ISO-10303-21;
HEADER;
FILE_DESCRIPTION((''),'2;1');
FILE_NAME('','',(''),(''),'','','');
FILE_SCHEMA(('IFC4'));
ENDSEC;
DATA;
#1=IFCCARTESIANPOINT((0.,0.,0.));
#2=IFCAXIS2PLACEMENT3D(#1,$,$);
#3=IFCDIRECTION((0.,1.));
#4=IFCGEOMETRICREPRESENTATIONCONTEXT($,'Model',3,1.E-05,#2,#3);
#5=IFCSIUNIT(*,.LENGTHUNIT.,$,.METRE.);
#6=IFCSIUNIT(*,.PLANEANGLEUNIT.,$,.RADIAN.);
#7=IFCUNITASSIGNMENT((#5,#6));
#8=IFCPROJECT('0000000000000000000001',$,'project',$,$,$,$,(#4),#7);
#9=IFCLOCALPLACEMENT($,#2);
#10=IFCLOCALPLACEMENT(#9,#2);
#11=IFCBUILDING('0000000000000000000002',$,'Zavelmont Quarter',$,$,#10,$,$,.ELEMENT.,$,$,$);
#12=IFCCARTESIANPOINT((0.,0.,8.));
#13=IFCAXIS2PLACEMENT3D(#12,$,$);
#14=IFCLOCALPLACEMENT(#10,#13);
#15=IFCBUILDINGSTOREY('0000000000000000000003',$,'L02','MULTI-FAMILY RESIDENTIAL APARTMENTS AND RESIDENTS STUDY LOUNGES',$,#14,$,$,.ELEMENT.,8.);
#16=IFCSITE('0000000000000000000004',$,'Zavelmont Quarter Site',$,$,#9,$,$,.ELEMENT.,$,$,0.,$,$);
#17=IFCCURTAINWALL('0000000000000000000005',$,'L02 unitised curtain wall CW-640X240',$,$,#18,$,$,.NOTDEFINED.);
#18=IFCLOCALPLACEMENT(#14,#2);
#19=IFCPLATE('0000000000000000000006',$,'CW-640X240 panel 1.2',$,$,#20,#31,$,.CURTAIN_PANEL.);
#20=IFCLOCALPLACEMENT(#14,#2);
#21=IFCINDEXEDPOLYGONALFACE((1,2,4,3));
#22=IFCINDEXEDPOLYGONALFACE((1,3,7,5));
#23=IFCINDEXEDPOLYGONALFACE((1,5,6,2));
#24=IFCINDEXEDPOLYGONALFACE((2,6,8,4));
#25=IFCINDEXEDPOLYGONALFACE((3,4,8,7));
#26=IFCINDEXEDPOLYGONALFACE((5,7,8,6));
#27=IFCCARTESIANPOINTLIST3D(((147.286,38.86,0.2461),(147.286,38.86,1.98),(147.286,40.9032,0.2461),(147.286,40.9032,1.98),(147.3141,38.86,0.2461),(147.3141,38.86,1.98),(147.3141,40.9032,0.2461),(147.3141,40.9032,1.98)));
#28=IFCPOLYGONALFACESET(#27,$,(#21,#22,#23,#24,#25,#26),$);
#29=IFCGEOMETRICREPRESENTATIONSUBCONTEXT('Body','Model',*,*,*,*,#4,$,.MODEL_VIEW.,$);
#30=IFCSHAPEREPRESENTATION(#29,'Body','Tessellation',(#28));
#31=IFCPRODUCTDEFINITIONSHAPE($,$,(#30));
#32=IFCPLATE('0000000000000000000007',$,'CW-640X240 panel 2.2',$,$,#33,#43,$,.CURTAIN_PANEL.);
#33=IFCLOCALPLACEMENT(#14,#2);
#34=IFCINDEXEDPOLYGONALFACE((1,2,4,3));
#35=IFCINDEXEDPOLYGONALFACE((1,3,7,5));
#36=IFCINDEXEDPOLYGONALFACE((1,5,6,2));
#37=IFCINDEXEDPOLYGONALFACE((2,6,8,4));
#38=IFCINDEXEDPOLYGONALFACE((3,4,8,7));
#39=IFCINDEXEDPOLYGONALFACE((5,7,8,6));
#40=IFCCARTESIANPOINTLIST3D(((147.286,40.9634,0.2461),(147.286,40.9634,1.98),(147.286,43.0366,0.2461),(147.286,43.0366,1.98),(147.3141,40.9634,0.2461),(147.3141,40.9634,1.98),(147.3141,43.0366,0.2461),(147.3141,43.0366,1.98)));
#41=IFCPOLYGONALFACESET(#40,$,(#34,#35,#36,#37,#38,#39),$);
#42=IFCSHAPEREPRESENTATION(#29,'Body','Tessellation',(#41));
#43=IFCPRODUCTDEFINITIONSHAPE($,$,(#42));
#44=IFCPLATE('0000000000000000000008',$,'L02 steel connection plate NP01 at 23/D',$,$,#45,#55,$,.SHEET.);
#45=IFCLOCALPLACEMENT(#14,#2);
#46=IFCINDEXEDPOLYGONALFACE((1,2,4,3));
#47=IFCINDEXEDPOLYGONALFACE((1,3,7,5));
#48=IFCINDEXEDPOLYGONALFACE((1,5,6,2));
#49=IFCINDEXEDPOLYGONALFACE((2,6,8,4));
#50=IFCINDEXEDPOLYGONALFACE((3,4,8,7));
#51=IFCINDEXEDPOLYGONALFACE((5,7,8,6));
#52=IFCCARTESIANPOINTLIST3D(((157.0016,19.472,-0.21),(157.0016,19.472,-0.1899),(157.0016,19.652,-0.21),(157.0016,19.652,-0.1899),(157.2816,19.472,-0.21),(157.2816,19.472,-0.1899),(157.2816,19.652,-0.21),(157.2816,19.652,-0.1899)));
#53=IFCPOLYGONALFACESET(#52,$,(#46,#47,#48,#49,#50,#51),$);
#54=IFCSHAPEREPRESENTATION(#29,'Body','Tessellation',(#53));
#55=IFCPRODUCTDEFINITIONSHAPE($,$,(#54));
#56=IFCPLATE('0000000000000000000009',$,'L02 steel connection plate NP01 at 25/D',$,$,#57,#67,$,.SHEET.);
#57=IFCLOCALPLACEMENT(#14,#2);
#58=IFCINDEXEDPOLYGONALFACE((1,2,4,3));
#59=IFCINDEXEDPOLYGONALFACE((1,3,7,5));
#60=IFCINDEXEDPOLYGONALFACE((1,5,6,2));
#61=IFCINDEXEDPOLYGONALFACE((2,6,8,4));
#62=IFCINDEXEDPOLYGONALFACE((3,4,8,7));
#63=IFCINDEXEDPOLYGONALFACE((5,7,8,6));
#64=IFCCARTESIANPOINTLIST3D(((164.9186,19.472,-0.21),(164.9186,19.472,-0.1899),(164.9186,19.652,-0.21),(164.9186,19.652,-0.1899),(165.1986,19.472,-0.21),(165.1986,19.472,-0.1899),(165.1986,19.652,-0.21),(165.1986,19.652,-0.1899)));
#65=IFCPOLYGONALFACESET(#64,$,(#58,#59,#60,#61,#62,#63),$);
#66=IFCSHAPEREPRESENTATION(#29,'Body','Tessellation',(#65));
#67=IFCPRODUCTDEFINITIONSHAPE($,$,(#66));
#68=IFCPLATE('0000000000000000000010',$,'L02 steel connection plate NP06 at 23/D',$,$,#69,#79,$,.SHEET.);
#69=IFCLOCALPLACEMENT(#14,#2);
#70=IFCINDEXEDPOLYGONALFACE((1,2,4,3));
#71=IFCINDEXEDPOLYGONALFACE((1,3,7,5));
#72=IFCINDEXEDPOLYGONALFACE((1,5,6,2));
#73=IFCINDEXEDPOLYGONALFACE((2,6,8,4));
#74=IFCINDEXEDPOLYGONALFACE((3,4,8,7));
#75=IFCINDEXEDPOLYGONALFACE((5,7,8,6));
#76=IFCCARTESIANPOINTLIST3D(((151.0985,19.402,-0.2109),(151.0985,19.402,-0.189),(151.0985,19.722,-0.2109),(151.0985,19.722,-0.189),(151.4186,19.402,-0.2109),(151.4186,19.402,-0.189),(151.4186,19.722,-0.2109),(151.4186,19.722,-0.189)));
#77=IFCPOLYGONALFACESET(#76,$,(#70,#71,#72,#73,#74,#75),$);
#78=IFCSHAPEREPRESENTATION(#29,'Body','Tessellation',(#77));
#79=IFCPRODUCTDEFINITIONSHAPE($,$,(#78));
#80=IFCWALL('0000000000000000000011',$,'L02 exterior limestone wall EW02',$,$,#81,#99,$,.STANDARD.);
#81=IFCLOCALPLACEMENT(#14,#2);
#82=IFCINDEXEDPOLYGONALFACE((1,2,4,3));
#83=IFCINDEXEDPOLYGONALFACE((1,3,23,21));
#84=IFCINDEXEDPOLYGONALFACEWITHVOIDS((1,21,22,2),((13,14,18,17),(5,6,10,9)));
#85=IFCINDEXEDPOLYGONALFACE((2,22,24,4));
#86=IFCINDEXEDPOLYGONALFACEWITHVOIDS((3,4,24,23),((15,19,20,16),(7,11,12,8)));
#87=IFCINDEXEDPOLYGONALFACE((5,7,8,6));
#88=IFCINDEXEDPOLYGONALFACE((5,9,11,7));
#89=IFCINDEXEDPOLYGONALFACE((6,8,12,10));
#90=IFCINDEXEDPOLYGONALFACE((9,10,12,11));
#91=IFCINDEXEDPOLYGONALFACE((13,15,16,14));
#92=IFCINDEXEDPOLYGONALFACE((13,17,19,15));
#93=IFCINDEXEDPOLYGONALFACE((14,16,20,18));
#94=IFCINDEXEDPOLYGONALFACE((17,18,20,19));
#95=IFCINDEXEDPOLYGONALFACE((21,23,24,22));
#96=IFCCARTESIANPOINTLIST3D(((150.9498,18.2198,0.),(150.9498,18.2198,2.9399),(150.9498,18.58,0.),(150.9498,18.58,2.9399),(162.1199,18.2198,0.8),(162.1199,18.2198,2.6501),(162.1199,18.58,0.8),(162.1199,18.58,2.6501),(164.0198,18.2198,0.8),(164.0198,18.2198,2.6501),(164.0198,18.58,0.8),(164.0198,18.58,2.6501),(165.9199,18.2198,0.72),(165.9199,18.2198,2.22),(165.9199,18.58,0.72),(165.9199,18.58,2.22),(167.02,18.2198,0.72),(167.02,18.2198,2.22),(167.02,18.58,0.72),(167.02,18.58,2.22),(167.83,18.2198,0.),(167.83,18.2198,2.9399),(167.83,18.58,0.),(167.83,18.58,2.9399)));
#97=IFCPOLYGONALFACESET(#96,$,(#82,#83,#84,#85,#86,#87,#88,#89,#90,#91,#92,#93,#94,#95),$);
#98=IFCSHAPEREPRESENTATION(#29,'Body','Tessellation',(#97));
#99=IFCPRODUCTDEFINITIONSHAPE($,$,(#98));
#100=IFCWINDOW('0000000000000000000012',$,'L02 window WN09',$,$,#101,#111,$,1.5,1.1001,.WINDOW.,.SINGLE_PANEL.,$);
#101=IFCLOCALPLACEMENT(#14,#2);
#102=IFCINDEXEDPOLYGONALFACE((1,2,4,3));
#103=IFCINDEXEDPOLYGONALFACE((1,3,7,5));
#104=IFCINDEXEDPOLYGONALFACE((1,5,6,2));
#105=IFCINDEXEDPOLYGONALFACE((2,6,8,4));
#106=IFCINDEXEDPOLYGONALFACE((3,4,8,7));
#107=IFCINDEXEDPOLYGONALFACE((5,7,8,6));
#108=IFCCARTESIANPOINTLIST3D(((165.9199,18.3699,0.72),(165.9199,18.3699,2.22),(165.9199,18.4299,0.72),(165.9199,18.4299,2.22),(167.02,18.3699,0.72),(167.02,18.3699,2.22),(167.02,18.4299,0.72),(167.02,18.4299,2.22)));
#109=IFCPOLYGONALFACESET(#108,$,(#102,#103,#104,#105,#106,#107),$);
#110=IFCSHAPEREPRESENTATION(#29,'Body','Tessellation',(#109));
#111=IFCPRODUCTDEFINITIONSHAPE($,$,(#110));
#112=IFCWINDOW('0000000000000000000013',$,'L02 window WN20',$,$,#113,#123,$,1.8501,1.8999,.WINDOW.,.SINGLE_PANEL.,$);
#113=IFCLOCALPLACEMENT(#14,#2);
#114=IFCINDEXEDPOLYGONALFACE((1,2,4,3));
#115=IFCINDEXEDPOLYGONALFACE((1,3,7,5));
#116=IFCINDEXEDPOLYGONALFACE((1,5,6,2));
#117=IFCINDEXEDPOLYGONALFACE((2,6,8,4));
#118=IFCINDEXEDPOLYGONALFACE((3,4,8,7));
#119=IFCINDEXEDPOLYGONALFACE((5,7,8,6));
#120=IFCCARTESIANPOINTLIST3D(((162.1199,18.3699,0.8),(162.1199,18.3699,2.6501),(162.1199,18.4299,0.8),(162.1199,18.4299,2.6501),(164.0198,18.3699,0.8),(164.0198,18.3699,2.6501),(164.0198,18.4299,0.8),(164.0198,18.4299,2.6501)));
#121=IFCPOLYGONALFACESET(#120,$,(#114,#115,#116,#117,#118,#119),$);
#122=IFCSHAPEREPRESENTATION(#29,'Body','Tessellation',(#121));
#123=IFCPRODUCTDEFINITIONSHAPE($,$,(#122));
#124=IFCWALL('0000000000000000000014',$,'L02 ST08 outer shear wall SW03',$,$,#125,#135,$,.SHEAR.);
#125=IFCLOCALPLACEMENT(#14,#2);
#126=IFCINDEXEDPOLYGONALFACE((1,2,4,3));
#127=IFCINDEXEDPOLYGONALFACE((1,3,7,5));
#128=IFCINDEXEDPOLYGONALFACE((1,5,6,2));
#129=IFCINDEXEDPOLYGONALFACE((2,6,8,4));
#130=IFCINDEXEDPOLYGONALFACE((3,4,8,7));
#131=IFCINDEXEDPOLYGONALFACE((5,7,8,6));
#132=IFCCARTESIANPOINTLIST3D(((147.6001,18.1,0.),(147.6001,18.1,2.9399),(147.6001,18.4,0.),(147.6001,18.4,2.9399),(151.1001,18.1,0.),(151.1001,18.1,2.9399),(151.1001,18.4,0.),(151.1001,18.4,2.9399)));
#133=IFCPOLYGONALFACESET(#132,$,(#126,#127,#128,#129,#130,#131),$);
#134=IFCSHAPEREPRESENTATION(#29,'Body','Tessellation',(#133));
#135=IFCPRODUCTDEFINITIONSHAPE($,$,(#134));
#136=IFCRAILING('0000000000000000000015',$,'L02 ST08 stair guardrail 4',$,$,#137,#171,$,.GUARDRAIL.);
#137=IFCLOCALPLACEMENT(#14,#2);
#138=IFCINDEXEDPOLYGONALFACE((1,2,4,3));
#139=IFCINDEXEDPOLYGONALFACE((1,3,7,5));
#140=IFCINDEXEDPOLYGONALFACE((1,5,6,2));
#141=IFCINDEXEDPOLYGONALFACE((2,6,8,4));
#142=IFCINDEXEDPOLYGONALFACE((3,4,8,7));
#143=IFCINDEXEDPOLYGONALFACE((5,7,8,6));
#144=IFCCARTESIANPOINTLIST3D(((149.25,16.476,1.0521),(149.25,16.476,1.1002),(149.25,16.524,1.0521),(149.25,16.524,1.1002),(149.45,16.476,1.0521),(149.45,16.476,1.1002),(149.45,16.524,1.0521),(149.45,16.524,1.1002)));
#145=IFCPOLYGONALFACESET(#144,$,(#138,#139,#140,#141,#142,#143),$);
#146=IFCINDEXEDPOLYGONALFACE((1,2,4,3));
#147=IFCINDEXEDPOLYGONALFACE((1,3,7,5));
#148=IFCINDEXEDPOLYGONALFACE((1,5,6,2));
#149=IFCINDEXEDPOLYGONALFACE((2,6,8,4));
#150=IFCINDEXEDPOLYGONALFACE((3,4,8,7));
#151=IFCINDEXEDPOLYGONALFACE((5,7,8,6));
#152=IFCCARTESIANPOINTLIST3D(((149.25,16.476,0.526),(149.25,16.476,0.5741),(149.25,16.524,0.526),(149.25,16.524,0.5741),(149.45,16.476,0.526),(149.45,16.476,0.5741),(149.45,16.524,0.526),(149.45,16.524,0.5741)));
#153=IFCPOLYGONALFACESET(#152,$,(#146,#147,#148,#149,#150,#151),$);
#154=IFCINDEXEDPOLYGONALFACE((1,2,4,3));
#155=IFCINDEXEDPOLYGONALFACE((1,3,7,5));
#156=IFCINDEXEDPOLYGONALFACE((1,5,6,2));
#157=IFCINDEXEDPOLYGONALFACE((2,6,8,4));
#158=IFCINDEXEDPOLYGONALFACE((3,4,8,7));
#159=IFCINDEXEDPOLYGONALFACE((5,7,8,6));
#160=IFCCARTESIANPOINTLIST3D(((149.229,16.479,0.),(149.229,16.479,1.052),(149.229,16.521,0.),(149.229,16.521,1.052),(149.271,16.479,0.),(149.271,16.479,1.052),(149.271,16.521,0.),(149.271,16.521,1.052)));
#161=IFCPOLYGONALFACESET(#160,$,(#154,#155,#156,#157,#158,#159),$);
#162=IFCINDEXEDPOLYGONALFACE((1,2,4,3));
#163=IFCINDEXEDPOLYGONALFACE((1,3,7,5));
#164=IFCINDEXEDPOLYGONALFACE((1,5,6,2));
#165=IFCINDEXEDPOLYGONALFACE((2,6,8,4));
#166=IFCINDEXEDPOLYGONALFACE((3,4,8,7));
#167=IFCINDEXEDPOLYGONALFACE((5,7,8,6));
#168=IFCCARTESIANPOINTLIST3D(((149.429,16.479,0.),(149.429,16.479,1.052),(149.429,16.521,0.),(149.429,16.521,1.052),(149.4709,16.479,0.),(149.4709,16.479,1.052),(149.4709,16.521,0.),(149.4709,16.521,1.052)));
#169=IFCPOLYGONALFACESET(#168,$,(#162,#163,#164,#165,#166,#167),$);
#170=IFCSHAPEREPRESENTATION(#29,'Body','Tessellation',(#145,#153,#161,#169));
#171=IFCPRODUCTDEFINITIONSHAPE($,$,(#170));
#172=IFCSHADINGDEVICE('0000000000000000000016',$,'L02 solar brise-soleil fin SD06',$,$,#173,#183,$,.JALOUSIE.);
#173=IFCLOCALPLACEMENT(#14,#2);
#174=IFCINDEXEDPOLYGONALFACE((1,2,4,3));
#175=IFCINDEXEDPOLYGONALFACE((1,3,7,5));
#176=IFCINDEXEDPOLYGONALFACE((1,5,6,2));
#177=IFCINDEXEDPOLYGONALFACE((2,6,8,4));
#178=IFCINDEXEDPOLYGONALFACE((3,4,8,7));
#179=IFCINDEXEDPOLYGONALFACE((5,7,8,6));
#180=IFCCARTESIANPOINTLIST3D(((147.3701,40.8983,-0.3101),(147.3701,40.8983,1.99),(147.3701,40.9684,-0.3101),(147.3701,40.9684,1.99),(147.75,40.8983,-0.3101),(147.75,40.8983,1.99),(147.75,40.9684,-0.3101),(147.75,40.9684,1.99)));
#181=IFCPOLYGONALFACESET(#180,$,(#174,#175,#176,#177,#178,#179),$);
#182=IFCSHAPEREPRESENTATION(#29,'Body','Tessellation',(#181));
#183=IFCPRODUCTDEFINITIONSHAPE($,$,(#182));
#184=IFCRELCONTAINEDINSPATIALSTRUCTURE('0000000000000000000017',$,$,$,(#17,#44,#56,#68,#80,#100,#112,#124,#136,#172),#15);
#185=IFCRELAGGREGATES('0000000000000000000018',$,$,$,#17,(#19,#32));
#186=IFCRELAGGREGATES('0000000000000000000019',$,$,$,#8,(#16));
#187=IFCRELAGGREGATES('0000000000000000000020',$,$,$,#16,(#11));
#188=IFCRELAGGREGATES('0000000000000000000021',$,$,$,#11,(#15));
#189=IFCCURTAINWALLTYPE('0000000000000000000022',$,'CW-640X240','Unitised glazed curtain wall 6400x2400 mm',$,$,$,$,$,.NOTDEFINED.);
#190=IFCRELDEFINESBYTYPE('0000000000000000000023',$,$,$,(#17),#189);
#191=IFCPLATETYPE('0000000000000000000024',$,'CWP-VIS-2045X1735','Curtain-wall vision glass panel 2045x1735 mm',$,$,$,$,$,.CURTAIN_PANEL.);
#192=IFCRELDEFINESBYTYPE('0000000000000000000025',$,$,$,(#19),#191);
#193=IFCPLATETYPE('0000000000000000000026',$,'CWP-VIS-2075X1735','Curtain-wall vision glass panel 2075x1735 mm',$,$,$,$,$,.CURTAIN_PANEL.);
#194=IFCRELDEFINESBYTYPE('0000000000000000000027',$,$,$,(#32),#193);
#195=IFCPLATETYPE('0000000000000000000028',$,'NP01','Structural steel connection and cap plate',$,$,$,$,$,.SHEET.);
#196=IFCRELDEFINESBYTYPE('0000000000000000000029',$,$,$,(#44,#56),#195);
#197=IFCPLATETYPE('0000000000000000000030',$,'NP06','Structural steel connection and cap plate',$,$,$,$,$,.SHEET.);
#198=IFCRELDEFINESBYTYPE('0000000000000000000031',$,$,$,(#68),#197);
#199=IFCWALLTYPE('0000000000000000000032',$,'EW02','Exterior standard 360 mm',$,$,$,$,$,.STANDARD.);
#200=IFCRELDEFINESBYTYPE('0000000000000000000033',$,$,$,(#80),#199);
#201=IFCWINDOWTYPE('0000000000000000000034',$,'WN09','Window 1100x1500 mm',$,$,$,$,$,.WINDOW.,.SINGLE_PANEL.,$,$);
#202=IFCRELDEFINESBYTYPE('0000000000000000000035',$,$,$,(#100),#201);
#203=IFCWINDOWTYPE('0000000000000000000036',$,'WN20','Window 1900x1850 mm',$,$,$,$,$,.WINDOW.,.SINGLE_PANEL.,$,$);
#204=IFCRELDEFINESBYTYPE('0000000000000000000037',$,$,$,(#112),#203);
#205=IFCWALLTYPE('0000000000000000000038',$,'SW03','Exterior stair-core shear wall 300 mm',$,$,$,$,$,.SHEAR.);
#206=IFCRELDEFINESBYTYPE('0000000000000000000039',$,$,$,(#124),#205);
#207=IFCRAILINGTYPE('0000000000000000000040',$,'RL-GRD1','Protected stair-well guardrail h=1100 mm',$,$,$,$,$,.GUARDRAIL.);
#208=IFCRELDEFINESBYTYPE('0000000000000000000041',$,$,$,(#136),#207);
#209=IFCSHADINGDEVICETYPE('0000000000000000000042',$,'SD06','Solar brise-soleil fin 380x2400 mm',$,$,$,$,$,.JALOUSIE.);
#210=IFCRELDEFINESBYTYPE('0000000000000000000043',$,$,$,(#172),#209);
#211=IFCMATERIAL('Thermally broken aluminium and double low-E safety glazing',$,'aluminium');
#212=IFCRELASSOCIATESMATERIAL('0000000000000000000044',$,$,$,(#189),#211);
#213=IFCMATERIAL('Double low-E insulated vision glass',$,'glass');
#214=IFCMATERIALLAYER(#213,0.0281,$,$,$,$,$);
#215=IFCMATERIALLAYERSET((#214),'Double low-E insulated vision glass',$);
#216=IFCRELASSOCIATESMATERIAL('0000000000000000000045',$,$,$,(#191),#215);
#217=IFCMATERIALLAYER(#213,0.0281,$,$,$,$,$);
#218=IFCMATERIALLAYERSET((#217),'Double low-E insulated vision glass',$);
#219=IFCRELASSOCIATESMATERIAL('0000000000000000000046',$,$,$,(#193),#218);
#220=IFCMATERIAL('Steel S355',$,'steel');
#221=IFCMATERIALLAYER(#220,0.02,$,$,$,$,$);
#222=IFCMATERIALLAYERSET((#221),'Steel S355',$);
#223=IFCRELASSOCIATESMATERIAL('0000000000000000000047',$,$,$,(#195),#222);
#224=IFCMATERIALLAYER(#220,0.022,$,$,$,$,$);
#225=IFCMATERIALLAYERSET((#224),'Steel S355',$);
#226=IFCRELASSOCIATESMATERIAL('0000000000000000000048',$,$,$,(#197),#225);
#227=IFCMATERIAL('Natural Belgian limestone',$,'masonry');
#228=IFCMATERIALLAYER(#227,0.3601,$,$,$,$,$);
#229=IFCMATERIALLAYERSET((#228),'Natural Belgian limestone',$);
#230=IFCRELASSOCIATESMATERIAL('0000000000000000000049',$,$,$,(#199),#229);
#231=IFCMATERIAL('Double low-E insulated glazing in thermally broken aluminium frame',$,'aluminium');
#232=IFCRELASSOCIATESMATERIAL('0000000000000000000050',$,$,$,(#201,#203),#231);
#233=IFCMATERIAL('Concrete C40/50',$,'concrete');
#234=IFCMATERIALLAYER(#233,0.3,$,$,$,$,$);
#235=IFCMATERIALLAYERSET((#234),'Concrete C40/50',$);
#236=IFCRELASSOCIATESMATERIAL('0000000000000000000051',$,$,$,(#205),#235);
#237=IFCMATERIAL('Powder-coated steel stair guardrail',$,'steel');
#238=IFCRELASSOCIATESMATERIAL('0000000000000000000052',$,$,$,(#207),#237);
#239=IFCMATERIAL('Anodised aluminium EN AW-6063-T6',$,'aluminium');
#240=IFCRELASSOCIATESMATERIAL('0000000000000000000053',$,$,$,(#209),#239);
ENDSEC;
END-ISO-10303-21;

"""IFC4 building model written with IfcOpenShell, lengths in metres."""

from ifc_helpers import new_model, si_unit, direction, frame, frame_2d, origin, origin_with_axes, origin_2d, place, context, subcontext, project, spatial, rectangle, extrude, material, layer, layer_set, type_object, element, fill, aggregate, save


model = new_model("IFC4")

# Units and contexts
model_context = context("Model", 3, precision=1e-05, world=origin(), true_north=direction((0.0, 1.0)))
body_context = subcontext(model_context, "Body", "Model", "MODEL_VIEW")
ifc_project = project(units=[si_unit("LENGTHUNIT", "METRE"), si_unit("PLANEANGLEUNIT", "RADIAN")], contexts=[model_context])

# Site, building, storey
site_placement = place(None, origin())
site = spatial("IfcSite", under=ifc_project, at=site_placement, Name="Zavelmont Quarter Site", CompositionType="ELEMENT", RefElevation=0.0)
building_placement = place(site_placement, origin())
building = spatial("IfcBuilding", under=site, at=building_placement, Name="Zavelmont Quarter", CompositionType="ELEMENT")
storey_placement = place(building_placement, frame((0.0, 0.0, 8.0)))
storey = spatial("IfcBuildingStorey", under=building, at=storey_placement, Name="L02", Description="MULTI-FAMILY RESIDENTIAL APARTMENTS AND RESIDENTS STUDY LOUNGES", CompositionType="ELEMENT", Elevation=8.0)

# Shared definitions
ifc_material_1 = material(Name="Concrete C40/50", Category="concrete")
ifc_material_2 = material(Name="Steel S355", Category="steel")

# Curtain wall
ifc_material_3 = material(Name="Thermally broken aluminium and double low-E safety glazing", Category="aluminium")
curtain_wall_type = type_object("IfcCurtainWallType", Name="CW-640X240", Description="Unitised glazed curtain wall 6400x2400 mm", PredefinedType="NOTDEFINED", material=ifc_material_3)
curtain_wall_placement = place(storey_placement, origin())
curtain_wall = element("IfcCurtainWall", 1, at=curtain_wall_placement, inside=storey, type_object=curtain_wall_type, Name="L02 unitised curtain wall CW-640X240", PredefinedType="NOTDEFINED")

# Plates
ifc_material_4 = material(Name="Double low-E insulated vision glass", Category="glass")
ifc_layer_1 = layer(ifc_material_4, 0.0281)
ifc_layer_set_1 = layer_set([ifc_layer_1], Name="Double low-E insulated vision glass")
plate_type_1 = type_object("IfcPlateType", Name="CWP-VIS-2045X1735", Description="Curtain-wall vision glass panel 2045x1735 mm", PredefinedType="CURTAIN_PANEL", material=ifc_layer_set_1)
plate_1_placement = place(storey_placement, frame((147.3, 39.8816, 0.2461), z_axis=(0.0, 0.0, 1.0), x_axis=(0.0, 1.0, 0.0)))
plate_1 = element("IfcPlate", 2, at=plate_1_placement, type_object=plate_type_1, Name="CW-640X240 panel 1.2", PredefinedType="CURTAIN_PANEL", context=body_context, shape_type="SweptSolid", body=[
    extrude(rectangle(XDim=2.0432, YDim=0.0281, at=origin_2d()), origin(), (0.0, 0.0, 1.0), 1.7339),
])
ifc_layer_2 = layer(ifc_material_4, 0.0281)
ifc_layer_set_2 = layer_set([ifc_layer_2], Name="Double low-E insulated vision glass")
plate_type_2 = type_object("IfcPlateType", Name="CWP-VIS-2075X1735", Description="Curtain-wall vision glass panel 2075x1735 mm", PredefinedType="CURTAIN_PANEL", material=ifc_layer_set_2)
plate_2_placement = place(storey_placement, frame((147.3, 42.0, 0.2461), z_axis=(0.0, 0.0, 1.0), x_axis=(0.0, 1.0, 0.0)))
plate_2 = element("IfcPlate", 3, at=plate_2_placement, type_object=plate_type_2, Name="CW-640X240 panel 2.2", PredefinedType="CURTAIN_PANEL", context=body_context, shape_type="SweptSolid", body=[
    extrude(rectangle(XDim=2.0732, YDim=0.0281, at=origin_2d()), origin(), (0.0, 0.0, 1.0), 1.7339),
])
aggregate(curtain_wall, [plate_1, plate_2])

# Plates
ifc_layer_3 = layer(ifc_material_2, 0.02)
ifc_layer_set_3 = layer_set([ifc_layer_3], Name="Steel S355")
plate_type_3 = type_object("IfcPlateType", Name="NP01", Description="Structural steel connection and cap plate", PredefinedType="SHEET", material=ifc_layer_set_3)
for number, where, z_axis, x_axis, name in (
    (4, (157.1416, 19.562, -0.21), (0.0, 0.0, 1.0), (1.0, 0.0, 0.0), "L02 steel connection plate NP01 at 23/D"),
    (5, (165.0586, 19.562, -0.21), (0.0, 0.0, 1.0), (1.0, 0.0, 0.0), "L02 steel connection plate NP01 at 25/D"),
):
    element("IfcPlate", number, at=place(storey_placement, frame(where, z_axis=z_axis, x_axis=x_axis)), inside=storey, type_object=plate_type_3, Name=name, PredefinedType="SHEET", context=body_context, shape_type="SweptSolid", body=[
        extrude(rectangle(XDim=0.28, YDim=0.1799, at=origin_2d()), origin(), (0.0, 0.0, 1.0), 0.02),
    ])
ifc_layer_4 = layer(ifc_material_2, 0.022)
ifc_layer_set_4 = layer_set([ifc_layer_4], Name="Steel S355")
plate_type_4 = type_object("IfcPlateType", Name="NP06", Description="Structural steel connection and cap plate", PredefinedType="SHEET", material=ifc_layer_set_4)
plate_3_placement = place(storey_placement, frame((151.2585, 19.562, -0.2109), z_axis=(0.0, 0.0, 1.0), x_axis=(1.0, 0.0, 0.0)))
element("IfcPlate", 6, at=plate_3_placement, inside=storey, type_object=plate_type_4, Name="L02 steel connection plate NP06 at 23/D", PredefinedType="SHEET", context=body_context, shape_type="SweptSolid", body=[
    extrude(rectangle(XDim=0.3201, YDim=0.3201, at=origin_2d()), origin(), (0.0, 0.0, 1.0), 0.022),
])

# Wall, openings, windows
ifc_material_5 = material(Name="Natural Belgian limestone", Category="masonry")
ifc_layer_5 = layer(ifc_material_5, 0.3601)
ifc_layer_set_5 = layer_set([ifc_layer_5], Name="Natural Belgian limestone")
wall_type_1 = type_object("IfcWallType", Name="EW02", Description="Exterior standard 360 mm", PredefinedType="STANDARD", material=ifc_layer_set_5)
wall_1_placement = place(storey_placement, frame((150.95, 18.3999, 0.0), z_axis=(0.0, 0.0, 1.0), x_axis=(1.0, 0.0, 0.0)))
wall_1 = element("IfcWall", 7, at=wall_1_placement, inside=storey, type_object=wall_type_1, Name="L02 exterior limestone wall EW02", PredefinedType="STANDARD", context=body_context, shape_type="SweptSolid", body=[
    extrude(rectangle(XDim=16.8801, YDim=0.3601, at=frame_2d((8.4399, 0.0))), origin(), (0.0, 0.0, 1.0), 2.9399),
])
opening_1_placement = place(wall_1_placement, frame((11.1699, 0.0, 0.8)))
opening_1 = element("IfcOpeningElement", 8, at=opening_1_placement, cuts=wall_1, PredefinedType="OPENING", context=body_context, shape_type="SweptSolid", body=[
    extrude(rectangle(XDim=1.8999, YDim=1.8501, at=frame_2d((0.95, 0.925))), frame((0.0, 0.1919, 0.0), z_axis=(0.0, -1.0, 0.0), x_axis=(1.0, 0.0, 0.0)), (0.0, 0.0, 1.0), 0.384),
])
opening_2_placement = place(wall_1_placement, frame((14.97, 0.0, 0.72)))
opening_2 = element("IfcOpeningElement", 9, at=opening_2_placement, cuts=wall_1, PredefinedType="OPENING", context=body_context, shape_type="SweptSolid", body=[
    extrude(rectangle(XDim=1.1001, YDim=1.5, at=frame_2d((0.55, 0.75))), frame((0.0, 0.1919, 0.0), z_axis=(0.0, -1.0, 0.0), x_axis=(1.0, 0.0, 0.0)), (0.0, 0.0, 1.0), 0.384),
])
ifc_material_6 = material(Name="Double low-E insulated glazing in thermally broken aluminium frame", Category="aluminium")
window_type_1 = type_object("IfcWindowType", Name="WN09", Description="Window 1100x1500 mm", PartitioningType="SINGLE_PANEL", PredefinedType="WINDOW", material=ifc_material_6)
window_1_placement = place(opening_2_placement, origin_with_axes())
window_1 = element("IfcWindow", 10, at=window_1_placement, inside=storey, type_object=window_type_1, Name="L02 window WN09", OverallHeight=1.5, OverallWidth=1.1001, PartitioningType="SINGLE_PANEL", PredefinedType="WINDOW", context=body_context, shape_type="SweptSolid", body=[
    extrude(rectangle(XDim=1.1001, YDim=1.5, at=frame_2d((0.55, 0.75))), frame((0.0, 0.03, 0.0), z_axis=(0.0, -1.0, 0.0), x_axis=(1.0, 0.0, 0.0)), (0.0, 0.0, 1.0), 0.0601),
])
fill(opening_2, window_1)
window_type_2 = type_object("IfcWindowType", Name="WN20", Description="Window 1900x1850 mm", PartitioningType="SINGLE_PANEL", PredefinedType="WINDOW", material=ifc_material_6)
window_2_placement = place(opening_1_placement, origin_with_axes())
window_2 = element("IfcWindow", 11, at=window_2_placement, inside=storey, type_object=window_type_2, Name="L02 window WN20", OverallHeight=1.8501, OverallWidth=1.8999, PartitioningType="SINGLE_PANEL", PredefinedType="WINDOW", context=body_context, shape_type="SweptSolid", body=[
    extrude(rectangle(XDim=1.8999, YDim=1.8501, at=frame_2d((0.95, 0.925))), frame((0.0, 0.03, 0.0), z_axis=(0.0, -1.0, 0.0), x_axis=(1.0, 0.0, 0.0)), (0.0, 0.0, 1.0), 0.0601),
])
fill(opening_1, window_2)

# Wall
ifc_layer_6 = layer(ifc_material_1, 0.3)
ifc_layer_set_6 = layer_set([ifc_layer_6], Name="Concrete C40/50")
wall_type_2 = type_object("IfcWallType", Name="SW03", Description="Exterior stair-core shear wall 300 mm", PredefinedType="SHEAR", material=ifc_layer_set_6)
wall_2_placement = place(storey_placement, frame((147.6001, 18.25, 0.0), z_axis=(0.0, 0.0, 1.0), x_axis=(1.0, 0.0, 0.0)))
element("IfcWall", 12, at=wall_2_placement, inside=storey, type_object=wall_type_2, Name="L02 ST08 outer shear wall SW03", PredefinedType="SHEAR", context=body_context, shape_type="SweptSolid", body=[
    extrude(rectangle(XDim=3.5, YDim=0.3, at=frame_2d((1.75, 0.0))), origin(), (0.0, 0.0, 1.0), 2.9399),
])

# Railing
ifc_material_7 = material(Name="Powder-coated steel stair guardrail", Category="steel")
railing_type = type_object("IfcRailingType", Name="RL-GRD1", Description="Protected stair-well guardrail h=1100 mm", PredefinedType="GUARDRAIL", material=ifc_material_7)
railing_placement = place(storey_placement, frame((149.25, 16.5, 0.0)))
element("IfcRailing", 13, at=railing_placement, inside=storey, type_object=railing_type, Name="L02 ST08 stair guardrail 4", PredefinedType="GUARDRAIL", context=body_context, shape_type="SweptSolid", body=[
    extrude(rectangle(XDim=0.0481, YDim=0.0481, at=origin_2d()), frame((0.0, 0.0, 1.0762), z_axis=(1.0, 0.0, 0.0), x_axis=(0.0, 1.0, 0.0)), (0.0, 0.0, 1.0), 0.2),
    extrude(rectangle(XDim=0.0481, YDim=0.0481, at=origin_2d()), frame((0.0, 0.0, 0.55), z_axis=(1.0, 0.0, 0.0), x_axis=(0.0, 1.0, 0.0)), (0.0, 0.0, 1.0), 0.2),
    extrude(rectangle(XDim=0.042, YDim=0.042, at=origin_2d()), origin(), (0.0, 0.0, 1.0), 1.052),
    extrude(rectangle(XDim=0.042, YDim=0.042, at=origin_2d()), frame((0.2, 0.0, 0.0)), (0.0, 0.0, 1.0), 1.052),
])

# Shading device
ifc_material_8 = material(Name="Anodised aluminium EN AW-6063-T6", Category="aluminium")
shading_device_type = type_object("IfcShadingDeviceType", Name="SD06", Description="Solar brise-soleil fin 380x2400 mm", PredefinedType="JALOUSIE", material=ifc_material_8)
for number, where, z_axis, x_axis, name in (
    (14, (147.5601, 40.9333, -0.3101), (0.0, 0.0, 1.0), (0.0, 1.0, 0.0), "L02 solar brise-soleil fin SD06"),
):
    element("IfcShadingDevice", number, at=place(storey_placement, frame(where, z_axis=z_axis, x_axis=x_axis)), inside=storey, type_object=shading_device_type, Name=name, PredefinedType="JALOUSIE", context=body_context, shape_type="SweptSolid", body=[
        extrude(rectangle(XDim=0.0701, YDim=0.3799, at=origin_2d()), origin(), (0.0, 0.0, 1.0), 2.3),
    ])

save(model, "model.ifc")
